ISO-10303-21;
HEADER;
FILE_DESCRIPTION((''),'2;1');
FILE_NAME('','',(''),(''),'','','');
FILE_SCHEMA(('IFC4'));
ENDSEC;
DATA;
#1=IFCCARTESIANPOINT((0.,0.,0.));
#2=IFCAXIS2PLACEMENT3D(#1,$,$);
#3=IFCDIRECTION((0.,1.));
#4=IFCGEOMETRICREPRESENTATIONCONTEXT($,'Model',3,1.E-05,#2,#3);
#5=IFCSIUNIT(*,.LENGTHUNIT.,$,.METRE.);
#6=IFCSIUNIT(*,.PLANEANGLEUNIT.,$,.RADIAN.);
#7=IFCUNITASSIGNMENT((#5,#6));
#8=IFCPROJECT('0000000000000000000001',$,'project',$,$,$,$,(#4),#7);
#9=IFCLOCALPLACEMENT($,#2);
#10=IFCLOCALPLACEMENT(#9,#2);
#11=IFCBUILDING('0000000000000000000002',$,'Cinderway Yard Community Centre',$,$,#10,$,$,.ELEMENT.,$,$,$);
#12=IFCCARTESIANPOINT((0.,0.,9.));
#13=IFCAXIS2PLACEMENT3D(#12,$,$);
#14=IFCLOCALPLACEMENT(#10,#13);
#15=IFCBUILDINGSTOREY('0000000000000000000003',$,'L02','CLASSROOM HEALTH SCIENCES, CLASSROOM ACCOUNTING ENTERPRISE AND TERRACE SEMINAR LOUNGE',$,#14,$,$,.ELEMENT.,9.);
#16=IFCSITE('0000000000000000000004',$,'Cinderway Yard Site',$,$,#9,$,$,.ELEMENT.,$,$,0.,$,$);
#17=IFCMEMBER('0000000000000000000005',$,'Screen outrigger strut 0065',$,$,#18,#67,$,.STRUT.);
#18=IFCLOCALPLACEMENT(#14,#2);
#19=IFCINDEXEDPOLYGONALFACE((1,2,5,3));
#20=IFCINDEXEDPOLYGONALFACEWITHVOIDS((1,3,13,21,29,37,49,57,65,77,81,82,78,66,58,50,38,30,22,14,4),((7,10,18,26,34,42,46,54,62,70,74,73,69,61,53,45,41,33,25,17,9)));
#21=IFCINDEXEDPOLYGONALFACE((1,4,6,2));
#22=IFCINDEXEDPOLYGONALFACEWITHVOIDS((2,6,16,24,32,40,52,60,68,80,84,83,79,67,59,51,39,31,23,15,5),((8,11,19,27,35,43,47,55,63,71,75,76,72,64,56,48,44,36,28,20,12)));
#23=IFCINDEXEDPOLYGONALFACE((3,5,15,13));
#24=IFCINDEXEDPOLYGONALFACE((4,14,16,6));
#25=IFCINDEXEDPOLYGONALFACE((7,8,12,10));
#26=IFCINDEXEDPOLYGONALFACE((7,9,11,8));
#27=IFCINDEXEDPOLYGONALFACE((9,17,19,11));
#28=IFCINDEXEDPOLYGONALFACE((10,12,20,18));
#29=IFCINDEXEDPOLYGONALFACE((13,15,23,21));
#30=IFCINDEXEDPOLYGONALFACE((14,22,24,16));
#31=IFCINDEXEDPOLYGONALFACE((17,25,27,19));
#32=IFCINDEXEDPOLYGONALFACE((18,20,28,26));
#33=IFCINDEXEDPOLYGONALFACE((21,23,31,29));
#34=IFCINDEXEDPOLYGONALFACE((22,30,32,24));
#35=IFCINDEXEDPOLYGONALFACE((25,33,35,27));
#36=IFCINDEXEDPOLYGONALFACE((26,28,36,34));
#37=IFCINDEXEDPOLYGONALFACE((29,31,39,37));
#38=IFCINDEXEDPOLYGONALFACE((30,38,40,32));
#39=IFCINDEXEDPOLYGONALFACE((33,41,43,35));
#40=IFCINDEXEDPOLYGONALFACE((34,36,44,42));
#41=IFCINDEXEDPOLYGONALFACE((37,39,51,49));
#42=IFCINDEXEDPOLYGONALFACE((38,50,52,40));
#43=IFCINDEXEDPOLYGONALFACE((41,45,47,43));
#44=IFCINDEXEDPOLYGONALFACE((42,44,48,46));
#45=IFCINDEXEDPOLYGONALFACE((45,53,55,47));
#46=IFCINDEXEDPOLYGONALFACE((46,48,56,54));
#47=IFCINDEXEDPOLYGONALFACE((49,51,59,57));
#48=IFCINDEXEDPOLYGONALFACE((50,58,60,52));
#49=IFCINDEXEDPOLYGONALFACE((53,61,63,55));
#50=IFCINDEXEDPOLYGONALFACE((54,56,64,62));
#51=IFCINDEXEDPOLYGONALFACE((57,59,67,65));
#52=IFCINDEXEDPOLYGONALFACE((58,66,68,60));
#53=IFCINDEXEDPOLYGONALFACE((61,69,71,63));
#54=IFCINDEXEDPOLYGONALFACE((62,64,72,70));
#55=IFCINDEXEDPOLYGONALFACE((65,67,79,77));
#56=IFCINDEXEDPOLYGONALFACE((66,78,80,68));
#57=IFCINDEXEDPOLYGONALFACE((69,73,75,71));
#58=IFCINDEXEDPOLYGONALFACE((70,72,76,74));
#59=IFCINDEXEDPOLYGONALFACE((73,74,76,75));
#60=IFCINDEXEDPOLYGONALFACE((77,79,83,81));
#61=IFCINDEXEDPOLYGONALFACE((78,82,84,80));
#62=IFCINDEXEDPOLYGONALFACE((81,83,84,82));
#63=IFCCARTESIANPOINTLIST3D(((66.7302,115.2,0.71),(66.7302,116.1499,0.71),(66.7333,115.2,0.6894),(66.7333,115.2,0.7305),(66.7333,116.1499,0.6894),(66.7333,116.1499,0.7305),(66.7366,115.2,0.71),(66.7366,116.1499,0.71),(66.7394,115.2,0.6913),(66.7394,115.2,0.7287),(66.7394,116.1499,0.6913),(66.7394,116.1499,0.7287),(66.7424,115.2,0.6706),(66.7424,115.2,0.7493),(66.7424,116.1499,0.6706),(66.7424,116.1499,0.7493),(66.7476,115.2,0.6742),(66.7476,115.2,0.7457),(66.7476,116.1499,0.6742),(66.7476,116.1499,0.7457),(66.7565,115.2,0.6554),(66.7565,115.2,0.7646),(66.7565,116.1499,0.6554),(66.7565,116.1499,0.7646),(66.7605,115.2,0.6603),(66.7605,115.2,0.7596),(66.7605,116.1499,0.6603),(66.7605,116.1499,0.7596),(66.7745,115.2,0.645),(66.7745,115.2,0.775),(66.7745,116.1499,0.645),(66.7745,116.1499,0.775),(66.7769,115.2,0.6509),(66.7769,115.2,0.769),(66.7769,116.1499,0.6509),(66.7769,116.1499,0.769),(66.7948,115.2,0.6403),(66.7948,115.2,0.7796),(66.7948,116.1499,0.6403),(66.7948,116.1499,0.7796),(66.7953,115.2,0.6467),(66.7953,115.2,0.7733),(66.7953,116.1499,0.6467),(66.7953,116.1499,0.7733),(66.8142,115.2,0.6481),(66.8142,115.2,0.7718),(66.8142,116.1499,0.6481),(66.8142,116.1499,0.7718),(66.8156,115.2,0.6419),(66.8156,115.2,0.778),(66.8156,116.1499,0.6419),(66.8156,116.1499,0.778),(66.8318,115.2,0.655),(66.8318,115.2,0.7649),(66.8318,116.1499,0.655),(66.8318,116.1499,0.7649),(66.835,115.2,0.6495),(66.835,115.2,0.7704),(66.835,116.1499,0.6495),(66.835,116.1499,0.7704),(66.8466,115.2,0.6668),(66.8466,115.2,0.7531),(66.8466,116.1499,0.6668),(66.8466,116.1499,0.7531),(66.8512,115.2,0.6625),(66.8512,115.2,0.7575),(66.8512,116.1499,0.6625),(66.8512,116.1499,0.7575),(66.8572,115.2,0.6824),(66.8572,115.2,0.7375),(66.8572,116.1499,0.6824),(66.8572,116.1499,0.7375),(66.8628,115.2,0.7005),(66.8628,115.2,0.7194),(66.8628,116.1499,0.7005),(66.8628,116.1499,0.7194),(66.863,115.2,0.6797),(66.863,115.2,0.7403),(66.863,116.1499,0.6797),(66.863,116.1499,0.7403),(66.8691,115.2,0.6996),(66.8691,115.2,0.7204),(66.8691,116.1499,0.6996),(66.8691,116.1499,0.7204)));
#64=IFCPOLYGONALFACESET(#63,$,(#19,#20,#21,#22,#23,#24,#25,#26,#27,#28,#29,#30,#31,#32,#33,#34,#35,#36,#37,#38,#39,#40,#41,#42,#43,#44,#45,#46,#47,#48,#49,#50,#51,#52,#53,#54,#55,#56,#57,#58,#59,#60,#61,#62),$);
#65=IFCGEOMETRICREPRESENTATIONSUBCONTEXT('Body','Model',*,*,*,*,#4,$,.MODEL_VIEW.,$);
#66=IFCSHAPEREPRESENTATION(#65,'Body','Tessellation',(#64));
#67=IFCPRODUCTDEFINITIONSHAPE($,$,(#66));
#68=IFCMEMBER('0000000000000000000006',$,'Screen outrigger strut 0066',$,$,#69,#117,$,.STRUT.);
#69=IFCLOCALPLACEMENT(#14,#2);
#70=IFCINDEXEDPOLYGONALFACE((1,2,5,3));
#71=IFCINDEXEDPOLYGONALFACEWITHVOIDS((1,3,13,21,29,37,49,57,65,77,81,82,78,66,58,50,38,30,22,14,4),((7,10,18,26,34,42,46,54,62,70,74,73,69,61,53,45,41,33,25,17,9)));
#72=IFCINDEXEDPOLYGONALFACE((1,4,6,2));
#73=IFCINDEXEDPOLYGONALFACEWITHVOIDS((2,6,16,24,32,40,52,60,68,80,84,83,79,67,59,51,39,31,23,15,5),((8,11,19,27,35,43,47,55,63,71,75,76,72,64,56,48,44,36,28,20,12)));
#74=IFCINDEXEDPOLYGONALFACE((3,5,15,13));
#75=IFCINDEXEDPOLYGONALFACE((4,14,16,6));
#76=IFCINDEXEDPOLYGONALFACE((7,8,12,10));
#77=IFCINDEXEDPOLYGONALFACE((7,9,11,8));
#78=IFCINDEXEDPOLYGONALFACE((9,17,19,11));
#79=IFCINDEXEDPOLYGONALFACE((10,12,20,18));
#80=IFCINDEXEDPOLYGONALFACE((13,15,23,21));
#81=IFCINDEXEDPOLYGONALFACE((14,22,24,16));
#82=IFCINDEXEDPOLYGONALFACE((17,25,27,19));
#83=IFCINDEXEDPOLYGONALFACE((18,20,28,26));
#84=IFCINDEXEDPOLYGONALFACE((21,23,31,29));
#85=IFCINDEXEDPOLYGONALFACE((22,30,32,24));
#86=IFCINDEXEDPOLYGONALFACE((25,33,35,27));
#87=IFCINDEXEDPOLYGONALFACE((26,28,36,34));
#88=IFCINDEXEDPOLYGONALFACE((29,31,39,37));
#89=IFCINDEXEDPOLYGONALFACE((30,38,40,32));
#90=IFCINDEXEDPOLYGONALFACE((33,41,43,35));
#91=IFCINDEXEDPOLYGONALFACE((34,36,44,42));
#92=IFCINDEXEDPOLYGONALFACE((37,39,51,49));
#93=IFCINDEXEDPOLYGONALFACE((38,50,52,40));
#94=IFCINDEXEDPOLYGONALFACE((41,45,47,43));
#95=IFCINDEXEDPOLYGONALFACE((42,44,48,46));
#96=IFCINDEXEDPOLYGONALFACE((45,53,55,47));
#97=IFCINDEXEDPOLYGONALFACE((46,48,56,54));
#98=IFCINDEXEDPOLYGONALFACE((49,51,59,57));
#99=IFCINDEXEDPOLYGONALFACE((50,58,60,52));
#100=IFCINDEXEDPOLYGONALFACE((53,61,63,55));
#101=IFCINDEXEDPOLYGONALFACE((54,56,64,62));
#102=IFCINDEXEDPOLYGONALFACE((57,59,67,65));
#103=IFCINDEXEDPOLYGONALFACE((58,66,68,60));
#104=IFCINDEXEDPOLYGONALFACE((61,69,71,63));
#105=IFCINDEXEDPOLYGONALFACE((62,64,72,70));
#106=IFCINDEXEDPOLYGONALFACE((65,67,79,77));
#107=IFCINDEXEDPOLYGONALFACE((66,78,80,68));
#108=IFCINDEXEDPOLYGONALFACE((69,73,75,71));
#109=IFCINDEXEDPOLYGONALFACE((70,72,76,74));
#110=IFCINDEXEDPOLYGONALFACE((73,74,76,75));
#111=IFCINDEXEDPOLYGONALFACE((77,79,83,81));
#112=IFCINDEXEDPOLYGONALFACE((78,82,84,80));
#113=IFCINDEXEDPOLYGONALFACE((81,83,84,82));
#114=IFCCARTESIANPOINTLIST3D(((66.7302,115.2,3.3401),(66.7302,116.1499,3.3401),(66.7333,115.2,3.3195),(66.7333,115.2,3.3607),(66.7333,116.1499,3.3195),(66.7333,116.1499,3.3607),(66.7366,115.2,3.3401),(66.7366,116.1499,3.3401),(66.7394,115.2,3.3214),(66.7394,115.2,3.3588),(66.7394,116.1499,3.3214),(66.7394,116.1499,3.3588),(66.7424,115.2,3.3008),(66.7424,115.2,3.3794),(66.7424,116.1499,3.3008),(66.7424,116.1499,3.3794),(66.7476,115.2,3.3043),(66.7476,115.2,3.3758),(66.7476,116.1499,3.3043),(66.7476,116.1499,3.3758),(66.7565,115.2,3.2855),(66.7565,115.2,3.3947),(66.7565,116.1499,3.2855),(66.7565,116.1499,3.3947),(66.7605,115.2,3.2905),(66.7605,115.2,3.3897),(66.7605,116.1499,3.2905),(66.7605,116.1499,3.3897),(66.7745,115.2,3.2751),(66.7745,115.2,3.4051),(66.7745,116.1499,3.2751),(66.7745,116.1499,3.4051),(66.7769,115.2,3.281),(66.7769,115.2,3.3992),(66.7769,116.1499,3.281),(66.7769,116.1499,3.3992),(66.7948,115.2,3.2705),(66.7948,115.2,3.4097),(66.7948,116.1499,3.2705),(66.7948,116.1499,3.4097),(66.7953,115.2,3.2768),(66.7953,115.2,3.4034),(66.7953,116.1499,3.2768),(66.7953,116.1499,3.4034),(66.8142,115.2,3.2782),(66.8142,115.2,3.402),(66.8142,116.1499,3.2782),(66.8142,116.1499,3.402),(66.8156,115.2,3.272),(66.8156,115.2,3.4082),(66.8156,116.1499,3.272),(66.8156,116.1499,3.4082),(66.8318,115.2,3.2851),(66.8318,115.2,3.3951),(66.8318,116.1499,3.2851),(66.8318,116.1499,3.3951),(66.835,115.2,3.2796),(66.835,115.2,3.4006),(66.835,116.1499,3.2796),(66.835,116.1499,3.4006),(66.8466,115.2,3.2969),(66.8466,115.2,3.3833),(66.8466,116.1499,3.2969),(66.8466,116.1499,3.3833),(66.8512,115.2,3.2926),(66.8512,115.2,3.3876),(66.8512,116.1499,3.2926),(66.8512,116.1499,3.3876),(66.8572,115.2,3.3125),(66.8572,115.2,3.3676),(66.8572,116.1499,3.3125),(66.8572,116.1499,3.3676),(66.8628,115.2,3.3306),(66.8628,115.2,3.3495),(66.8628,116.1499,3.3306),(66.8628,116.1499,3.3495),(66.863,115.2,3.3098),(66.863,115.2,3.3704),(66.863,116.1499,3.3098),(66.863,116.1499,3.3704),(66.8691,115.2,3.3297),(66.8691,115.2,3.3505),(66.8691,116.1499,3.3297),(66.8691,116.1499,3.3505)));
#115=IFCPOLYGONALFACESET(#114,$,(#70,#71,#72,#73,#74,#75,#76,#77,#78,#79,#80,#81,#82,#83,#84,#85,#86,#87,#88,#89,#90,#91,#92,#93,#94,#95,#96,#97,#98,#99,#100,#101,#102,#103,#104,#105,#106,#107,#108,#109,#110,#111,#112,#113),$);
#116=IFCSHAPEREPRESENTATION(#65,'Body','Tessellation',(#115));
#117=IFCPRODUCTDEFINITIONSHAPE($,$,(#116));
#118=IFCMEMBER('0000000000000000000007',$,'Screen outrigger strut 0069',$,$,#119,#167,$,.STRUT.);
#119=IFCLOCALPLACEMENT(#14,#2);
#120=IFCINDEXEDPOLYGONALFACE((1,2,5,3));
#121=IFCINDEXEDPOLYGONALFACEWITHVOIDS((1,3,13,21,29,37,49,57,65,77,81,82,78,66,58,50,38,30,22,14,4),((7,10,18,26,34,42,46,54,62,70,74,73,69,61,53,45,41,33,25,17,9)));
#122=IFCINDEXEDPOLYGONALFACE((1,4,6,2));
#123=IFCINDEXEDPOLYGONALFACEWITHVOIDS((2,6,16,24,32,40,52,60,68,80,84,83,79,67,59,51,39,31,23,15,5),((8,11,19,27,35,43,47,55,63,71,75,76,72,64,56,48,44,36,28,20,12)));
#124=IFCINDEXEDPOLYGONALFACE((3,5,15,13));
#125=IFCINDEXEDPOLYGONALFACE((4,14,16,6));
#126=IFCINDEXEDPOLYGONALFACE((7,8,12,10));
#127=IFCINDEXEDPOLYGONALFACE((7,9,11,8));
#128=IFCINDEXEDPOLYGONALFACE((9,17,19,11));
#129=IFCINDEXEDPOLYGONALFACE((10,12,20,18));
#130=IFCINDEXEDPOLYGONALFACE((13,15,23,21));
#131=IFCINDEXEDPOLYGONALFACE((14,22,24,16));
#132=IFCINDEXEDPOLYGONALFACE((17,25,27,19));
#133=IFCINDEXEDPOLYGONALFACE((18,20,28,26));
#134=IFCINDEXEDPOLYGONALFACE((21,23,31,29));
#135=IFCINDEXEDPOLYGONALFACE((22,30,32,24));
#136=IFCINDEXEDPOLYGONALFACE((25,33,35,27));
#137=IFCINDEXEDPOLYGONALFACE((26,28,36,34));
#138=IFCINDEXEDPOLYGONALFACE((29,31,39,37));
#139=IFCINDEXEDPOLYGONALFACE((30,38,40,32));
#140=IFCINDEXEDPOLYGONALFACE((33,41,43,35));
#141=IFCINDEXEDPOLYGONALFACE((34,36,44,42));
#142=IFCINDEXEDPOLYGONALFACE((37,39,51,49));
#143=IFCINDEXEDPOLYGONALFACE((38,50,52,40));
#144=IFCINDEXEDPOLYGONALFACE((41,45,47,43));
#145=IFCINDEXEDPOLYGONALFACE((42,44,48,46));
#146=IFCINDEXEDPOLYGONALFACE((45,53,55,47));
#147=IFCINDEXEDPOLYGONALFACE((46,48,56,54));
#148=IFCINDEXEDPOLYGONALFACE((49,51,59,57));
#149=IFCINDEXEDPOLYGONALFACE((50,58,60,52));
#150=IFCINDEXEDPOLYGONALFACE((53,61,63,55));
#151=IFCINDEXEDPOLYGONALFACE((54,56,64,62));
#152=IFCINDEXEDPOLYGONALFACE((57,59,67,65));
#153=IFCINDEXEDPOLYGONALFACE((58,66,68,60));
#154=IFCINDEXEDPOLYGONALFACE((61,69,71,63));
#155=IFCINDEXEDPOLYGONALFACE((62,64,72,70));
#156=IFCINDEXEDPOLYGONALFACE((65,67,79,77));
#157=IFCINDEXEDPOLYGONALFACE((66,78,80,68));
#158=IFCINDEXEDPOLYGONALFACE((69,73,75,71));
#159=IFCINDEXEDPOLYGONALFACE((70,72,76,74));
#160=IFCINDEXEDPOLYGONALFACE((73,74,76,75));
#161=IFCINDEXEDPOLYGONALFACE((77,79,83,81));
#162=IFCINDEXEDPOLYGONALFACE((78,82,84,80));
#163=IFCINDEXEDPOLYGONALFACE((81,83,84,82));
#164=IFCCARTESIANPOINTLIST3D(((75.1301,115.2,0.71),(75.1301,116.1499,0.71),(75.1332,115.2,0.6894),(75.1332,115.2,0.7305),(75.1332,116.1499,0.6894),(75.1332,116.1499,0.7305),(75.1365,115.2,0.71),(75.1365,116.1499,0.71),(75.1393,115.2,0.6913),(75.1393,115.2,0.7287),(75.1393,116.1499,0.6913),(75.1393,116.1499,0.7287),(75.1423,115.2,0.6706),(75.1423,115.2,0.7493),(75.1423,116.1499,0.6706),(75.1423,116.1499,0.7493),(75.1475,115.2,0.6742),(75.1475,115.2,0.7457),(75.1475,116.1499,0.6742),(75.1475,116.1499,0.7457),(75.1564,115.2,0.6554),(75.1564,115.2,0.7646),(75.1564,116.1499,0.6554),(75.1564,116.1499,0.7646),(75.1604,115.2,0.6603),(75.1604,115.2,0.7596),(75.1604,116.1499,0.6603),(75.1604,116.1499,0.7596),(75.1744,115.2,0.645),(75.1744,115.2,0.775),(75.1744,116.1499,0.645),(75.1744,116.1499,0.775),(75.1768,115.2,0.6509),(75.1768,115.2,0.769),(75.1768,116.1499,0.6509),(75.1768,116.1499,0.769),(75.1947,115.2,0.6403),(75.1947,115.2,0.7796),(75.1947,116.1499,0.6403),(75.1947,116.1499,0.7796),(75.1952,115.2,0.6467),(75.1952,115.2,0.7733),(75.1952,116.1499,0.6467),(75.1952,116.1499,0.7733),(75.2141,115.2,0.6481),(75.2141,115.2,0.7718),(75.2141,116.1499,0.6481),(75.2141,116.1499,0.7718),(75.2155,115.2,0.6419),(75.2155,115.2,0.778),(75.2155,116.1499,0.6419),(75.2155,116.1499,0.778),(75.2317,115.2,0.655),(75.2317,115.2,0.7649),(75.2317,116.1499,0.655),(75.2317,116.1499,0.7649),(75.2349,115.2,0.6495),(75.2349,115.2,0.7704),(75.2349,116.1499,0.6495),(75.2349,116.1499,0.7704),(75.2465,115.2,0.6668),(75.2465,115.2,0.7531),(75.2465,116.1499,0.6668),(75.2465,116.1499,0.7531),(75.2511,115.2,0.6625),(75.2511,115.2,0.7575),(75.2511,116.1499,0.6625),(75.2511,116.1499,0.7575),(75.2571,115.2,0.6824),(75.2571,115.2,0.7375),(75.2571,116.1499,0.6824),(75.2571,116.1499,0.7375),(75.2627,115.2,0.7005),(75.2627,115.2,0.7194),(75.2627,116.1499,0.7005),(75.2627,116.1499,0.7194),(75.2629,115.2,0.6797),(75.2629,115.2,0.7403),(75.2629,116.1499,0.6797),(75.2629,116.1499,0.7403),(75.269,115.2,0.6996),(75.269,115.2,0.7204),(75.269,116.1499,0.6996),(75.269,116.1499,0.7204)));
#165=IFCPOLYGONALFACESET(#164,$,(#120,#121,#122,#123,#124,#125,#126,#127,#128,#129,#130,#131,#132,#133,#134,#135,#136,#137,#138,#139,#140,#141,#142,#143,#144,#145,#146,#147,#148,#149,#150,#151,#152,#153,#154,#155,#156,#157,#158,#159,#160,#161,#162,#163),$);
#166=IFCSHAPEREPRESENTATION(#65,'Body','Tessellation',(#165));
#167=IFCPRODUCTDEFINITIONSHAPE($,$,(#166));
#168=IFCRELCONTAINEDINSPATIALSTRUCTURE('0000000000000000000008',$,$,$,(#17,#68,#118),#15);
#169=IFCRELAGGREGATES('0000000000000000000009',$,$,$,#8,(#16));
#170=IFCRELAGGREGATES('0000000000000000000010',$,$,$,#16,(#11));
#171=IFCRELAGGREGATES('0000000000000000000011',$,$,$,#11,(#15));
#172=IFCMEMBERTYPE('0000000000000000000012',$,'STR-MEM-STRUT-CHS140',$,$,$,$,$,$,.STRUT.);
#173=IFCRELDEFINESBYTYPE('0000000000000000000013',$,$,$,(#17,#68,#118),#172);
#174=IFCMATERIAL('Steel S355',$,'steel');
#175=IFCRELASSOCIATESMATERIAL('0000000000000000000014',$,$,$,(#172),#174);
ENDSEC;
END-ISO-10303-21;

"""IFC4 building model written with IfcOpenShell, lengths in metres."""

from ifc_helpers import new_model, si_unit, direction, frame, origin, origin_2d, place, context, subcontext, project, spatial, hollow_circle, extrude, material, material_profile, profile_set, type_object, element, save


model = new_model("IFC4")

# Units and contexts
model_context = context("Model", 3, precision=1e-05, world=origin(), true_north=direction((0.0, 1.0)))
body_context = subcontext(model_context, "Body", "Model", "MODEL_VIEW")
ifc_project = project(units=[si_unit("LENGTHUNIT", "METRE"), si_unit("PLANEANGLEUNIT", "RADIAN")], contexts=[model_context])

# Site, building, storey
site_placement = place(None, origin())
site = spatial("IfcSite", under=ifc_project, at=site_placement, Name="Cinderway Yard Site", CompositionType="ELEMENT", RefElevation=0.0)
building_placement = place(site_placement, origin())
building = spatial("IfcBuilding", under=site, at=building_placement, Name="Cinderway Yard Community Centre", CompositionType="ELEMENT")
storey_placement = place(building_placement, frame((0.0, 0.0, 9.0)))
storey = spatial("IfcBuildingStorey", under=building, at=storey_placement, Name="L02", Description="CLASSROOM HEALTH SCIENCES, CLASSROOM ACCOUNTING ENTERPRISE AND TERRACE SEMINAR LOUNGE", CompositionType="ELEMENT", Elevation=9.0)

# Members
ifc_material_1 = material(Name="Steel S355", Category="steel")
ifc_material_profile_1 = material_profile(ifc_material_1, hollow_circle(Radius=0.0698, WallThickness=0.0063, at=origin_2d()), Name="Steel S355")
ifc_profile_set_1 = profile_set([ifc_material_profile_1], Name="Steel S355")
member_type_1 = type_object("IfcMemberType", Name="STR-MEM-STRUT-CHS140", PredefinedType="STRUT", material=ifc_profile_set_1)
for number, where, z_axis, x_axis, name in (
    (1, (66.8, 115.2, 0.71), (0.0, 1.0, 0.0), (-1.0, 0.0, 0.0), "Screen outrigger strut 0065"),
    (2, (66.8, 115.2, 3.3401), (0.0, 1.0, 0.0), (-1.0, 0.0, 0.0), "Screen outrigger strut 0066"),
    (3, (75.2, 115.2, 0.71), (0.0, 1.0, 0.0), (-1.0, 0.0, 0.0), "Screen outrigger strut 0069"),
):
    element("IfcMember", number, at=place(storey_placement, frame(where, z_axis=z_axis, x_axis=x_axis)), inside=storey, type_object=member_type_1, Name=name, PredefinedType="STRUT", context=body_context, shape_type="SweptSolid", body=[
        extrude(hollow_circle(Radius=0.0698, WallThickness=0.0063, at=origin_2d()), origin(), (0.0, 0.0, 1.0), 0.95),
    ])

save(model, "model.ifc")
